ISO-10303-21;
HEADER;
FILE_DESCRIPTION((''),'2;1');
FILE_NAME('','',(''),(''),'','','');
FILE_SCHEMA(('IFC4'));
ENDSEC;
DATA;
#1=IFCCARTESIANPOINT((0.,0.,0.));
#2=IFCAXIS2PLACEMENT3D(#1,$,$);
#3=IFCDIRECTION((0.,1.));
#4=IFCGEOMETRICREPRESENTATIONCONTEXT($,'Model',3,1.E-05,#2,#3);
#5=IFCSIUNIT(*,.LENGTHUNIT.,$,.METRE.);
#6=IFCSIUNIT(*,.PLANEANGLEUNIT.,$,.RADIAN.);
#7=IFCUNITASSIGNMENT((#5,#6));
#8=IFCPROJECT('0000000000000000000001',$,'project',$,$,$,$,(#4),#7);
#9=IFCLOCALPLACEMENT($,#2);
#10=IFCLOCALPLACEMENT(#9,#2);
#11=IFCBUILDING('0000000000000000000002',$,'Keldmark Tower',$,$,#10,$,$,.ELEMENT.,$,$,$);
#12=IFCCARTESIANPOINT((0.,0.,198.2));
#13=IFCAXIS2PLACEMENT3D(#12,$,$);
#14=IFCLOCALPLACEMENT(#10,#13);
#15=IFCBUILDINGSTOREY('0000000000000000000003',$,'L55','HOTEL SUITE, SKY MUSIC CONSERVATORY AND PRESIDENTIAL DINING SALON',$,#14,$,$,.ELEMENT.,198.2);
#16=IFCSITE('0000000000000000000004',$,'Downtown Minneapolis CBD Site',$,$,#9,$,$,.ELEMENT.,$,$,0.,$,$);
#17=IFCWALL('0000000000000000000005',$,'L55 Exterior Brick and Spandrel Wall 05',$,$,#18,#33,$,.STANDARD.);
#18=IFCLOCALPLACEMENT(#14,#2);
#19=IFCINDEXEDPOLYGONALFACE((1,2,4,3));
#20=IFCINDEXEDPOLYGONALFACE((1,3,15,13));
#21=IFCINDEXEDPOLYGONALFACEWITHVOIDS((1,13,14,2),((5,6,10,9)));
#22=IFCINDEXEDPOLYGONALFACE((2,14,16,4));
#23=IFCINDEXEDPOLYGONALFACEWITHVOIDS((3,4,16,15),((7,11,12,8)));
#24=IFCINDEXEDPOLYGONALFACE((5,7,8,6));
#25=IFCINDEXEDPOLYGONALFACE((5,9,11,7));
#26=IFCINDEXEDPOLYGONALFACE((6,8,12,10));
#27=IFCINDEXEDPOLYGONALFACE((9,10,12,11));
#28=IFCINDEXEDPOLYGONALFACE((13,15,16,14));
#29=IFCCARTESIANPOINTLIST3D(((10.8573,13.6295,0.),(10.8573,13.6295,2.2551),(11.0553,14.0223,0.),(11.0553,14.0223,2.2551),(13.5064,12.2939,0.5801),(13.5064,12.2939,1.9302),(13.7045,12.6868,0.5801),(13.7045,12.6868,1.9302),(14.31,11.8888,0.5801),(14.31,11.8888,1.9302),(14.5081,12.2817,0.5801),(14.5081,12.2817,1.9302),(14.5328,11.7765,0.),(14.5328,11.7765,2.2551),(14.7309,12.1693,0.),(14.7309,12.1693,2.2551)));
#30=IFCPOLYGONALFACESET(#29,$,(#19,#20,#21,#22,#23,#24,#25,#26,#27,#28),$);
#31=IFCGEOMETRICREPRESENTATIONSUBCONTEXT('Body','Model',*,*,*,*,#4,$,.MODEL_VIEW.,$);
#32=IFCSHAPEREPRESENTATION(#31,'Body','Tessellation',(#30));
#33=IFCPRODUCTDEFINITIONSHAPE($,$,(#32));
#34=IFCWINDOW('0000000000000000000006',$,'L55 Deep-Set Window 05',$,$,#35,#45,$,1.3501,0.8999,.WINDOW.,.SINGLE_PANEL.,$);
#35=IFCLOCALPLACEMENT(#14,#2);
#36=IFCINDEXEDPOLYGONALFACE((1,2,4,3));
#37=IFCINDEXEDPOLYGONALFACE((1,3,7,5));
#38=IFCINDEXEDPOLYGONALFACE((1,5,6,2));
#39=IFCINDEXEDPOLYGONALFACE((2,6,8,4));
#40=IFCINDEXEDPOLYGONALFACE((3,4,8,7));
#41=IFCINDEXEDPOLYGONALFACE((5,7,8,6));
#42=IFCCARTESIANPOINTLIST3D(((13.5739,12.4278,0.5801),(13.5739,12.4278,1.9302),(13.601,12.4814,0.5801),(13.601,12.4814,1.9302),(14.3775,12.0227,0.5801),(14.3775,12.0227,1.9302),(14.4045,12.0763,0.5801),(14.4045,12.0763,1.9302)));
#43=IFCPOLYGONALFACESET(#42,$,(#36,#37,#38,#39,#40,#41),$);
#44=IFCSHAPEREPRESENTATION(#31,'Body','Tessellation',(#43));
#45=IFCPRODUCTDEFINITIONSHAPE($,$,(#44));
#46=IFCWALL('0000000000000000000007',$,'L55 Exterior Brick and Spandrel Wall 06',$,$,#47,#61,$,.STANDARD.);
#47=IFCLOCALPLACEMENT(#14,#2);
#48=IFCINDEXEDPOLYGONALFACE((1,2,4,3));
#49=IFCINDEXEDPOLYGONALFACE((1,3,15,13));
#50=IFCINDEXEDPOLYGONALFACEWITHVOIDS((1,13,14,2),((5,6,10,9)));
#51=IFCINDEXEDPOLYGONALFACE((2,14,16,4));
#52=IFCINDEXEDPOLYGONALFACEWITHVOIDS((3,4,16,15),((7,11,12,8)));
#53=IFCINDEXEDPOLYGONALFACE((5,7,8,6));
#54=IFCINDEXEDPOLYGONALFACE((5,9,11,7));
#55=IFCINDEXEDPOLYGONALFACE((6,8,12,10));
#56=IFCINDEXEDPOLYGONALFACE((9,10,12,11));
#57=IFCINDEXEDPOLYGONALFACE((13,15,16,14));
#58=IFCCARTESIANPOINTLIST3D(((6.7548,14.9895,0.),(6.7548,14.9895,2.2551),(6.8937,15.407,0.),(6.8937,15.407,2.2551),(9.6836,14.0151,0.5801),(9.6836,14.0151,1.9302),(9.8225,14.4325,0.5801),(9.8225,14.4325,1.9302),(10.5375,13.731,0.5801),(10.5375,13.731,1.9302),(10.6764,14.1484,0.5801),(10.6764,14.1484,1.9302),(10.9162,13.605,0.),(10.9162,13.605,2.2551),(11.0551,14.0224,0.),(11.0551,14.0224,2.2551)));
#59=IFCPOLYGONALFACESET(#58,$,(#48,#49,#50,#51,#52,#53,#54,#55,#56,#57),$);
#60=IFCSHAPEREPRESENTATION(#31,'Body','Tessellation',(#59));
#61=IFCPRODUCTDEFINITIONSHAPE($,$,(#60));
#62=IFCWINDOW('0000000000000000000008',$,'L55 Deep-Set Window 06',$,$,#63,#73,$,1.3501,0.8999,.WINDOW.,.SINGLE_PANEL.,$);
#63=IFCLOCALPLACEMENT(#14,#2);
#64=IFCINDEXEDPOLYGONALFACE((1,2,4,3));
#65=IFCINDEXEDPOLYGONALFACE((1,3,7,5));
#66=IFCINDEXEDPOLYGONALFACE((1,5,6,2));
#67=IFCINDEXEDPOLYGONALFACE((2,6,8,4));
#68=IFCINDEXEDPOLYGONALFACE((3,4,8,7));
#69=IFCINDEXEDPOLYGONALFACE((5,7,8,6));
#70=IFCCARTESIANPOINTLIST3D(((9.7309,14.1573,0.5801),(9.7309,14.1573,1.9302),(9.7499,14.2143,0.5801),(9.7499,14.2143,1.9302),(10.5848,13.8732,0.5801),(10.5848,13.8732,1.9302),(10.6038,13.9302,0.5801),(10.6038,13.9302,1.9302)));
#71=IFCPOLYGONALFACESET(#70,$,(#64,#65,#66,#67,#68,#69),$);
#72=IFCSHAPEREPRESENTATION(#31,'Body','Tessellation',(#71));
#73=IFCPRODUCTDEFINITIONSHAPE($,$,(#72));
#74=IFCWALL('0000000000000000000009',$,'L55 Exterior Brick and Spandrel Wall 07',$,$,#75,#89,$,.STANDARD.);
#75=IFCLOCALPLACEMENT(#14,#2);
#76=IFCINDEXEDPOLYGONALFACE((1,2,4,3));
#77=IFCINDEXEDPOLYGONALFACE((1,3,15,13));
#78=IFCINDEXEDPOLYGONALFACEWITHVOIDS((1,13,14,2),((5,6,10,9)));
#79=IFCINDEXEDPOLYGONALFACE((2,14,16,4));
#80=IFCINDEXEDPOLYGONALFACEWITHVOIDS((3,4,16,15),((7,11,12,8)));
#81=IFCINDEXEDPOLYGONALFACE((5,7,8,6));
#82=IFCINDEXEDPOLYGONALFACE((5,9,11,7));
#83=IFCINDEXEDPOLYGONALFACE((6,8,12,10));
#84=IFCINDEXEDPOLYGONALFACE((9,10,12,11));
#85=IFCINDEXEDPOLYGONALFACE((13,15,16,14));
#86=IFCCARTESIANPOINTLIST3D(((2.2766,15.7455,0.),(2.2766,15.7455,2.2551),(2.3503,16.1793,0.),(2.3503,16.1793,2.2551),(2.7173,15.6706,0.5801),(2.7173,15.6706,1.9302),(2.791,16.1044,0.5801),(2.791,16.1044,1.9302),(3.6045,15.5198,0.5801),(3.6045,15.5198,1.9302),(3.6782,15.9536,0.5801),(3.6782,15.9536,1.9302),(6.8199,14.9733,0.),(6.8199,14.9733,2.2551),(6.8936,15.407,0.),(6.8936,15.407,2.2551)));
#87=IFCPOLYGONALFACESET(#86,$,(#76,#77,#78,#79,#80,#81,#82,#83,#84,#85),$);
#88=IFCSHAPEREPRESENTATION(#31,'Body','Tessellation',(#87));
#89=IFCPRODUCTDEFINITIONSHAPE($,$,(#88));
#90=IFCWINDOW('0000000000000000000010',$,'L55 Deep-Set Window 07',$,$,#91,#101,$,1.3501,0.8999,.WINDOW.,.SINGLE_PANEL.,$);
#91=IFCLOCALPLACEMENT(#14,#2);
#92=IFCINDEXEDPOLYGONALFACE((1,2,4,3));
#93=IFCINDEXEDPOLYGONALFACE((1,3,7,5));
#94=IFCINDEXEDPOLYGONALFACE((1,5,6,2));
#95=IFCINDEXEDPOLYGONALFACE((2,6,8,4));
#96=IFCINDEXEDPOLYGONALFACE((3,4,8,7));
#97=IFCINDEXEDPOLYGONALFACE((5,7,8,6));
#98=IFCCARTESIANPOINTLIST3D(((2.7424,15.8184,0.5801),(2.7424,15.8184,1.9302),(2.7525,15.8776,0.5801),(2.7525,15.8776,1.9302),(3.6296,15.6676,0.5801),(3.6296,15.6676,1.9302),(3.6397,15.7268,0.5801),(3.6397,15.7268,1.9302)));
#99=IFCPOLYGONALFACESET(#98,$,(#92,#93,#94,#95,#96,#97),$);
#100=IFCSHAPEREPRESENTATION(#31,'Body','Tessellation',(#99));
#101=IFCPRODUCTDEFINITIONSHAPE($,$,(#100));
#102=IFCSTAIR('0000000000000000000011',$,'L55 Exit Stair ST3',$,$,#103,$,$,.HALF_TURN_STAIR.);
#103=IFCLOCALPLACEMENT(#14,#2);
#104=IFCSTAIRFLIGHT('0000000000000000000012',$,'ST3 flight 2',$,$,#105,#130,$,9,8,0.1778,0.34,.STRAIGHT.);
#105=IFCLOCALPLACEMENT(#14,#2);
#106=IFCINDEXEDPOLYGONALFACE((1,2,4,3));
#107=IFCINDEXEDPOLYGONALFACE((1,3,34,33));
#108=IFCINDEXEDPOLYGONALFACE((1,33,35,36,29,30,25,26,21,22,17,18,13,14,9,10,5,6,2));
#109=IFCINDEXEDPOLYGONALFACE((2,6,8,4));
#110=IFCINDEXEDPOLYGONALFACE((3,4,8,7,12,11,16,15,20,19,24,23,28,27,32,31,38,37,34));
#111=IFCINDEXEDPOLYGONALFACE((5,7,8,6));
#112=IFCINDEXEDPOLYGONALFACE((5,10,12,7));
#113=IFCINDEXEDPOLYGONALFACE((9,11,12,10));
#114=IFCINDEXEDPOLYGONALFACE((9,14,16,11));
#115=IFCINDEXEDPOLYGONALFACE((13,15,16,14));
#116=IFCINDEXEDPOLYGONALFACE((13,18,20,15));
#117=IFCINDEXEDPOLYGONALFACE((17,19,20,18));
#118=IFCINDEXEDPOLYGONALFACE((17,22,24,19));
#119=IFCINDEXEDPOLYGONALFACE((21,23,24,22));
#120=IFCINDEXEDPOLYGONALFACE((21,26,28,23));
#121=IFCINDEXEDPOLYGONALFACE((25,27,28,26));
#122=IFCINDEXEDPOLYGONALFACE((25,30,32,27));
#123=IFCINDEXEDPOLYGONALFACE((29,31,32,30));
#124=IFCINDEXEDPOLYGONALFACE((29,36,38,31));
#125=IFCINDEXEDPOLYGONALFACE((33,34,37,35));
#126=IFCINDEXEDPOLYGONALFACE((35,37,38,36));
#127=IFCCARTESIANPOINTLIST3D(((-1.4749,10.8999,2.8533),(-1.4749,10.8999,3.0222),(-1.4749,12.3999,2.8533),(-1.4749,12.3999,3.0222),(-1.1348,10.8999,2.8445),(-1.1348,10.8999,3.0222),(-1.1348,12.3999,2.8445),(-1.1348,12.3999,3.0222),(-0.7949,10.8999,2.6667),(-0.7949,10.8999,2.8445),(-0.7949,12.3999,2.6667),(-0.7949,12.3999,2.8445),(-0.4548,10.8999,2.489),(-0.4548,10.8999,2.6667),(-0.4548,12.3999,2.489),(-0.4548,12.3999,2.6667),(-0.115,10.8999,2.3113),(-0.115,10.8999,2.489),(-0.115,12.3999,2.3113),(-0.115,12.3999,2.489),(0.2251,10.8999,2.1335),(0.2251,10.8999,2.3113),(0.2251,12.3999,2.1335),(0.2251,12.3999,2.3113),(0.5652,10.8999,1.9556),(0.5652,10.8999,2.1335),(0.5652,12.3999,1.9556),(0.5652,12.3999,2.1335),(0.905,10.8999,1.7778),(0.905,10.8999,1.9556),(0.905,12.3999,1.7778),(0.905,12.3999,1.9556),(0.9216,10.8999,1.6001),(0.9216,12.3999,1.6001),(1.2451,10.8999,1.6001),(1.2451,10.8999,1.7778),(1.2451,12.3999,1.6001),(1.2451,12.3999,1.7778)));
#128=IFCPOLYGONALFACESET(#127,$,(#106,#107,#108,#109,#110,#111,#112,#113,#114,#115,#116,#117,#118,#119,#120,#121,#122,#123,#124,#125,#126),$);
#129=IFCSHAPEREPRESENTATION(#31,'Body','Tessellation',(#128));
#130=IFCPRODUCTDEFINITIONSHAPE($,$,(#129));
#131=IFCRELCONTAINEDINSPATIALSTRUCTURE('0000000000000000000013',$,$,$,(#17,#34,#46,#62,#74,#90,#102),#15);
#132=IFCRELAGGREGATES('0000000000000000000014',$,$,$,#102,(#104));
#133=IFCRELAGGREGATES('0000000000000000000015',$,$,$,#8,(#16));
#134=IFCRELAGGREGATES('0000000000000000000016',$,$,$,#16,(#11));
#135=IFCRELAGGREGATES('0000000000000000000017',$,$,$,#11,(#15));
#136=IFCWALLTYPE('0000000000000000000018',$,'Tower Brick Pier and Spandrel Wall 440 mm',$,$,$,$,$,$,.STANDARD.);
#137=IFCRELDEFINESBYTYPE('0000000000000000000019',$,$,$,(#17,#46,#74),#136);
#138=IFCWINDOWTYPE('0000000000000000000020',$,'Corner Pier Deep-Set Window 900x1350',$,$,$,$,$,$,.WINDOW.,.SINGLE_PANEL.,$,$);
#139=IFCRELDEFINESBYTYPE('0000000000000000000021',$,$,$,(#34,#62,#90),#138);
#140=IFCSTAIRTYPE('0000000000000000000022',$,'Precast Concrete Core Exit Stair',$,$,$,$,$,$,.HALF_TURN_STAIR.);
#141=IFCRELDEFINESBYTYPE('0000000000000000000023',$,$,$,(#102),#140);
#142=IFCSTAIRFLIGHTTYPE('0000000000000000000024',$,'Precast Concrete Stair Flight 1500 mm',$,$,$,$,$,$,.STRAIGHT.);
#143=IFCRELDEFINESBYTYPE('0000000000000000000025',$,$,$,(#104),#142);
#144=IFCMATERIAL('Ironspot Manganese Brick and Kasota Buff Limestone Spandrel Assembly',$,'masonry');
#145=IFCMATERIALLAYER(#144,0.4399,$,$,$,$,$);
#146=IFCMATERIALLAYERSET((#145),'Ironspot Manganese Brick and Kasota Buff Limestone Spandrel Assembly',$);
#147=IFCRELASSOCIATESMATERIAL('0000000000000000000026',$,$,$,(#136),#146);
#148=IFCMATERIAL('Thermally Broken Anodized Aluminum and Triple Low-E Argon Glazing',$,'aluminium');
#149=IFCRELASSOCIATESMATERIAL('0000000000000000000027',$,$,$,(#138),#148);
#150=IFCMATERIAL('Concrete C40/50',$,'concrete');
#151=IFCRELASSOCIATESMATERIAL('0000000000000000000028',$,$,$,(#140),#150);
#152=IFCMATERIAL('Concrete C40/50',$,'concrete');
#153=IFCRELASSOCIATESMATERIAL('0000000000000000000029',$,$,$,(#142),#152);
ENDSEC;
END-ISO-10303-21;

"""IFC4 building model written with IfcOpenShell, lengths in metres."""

from ifc_helpers import new_model, si_unit, direction, frame, frame_2d, origin, place, context, subcontext, project, spatial, polyline, rectangle, outline, extrude, material, layer, layer_set, type_object, element, fill, aggregate, save


model = new_model("IFC4")

# Units and contexts
model_context = context("Model", 3, precision=1e-05, world=origin(), true_north=direction((0.0, 1.0)))
body_context = subcontext(model_context, "Body", "Model", "MODEL_VIEW")
ifc_project = project(units=[si_unit("LENGTHUNIT", "METRE"), si_unit("PLANEANGLEUNIT", "RADIAN")], contexts=[model_context])

# Site, building, storey
site_placement = place(None, origin())
site = spatial("IfcSite", under=ifc_project, at=site_placement, Name="Downtown Minneapolis CBD Site", CompositionType="ELEMENT", RefElevation=0.0)
building_placement = place(site_placement, origin())
building = spatial("IfcBuilding", under=site, at=building_placement, Name="Keldmark Tower", CompositionType="ELEMENT")
storey_placement = place(building_placement, frame((0.0, 0.0, 198.2)))
storey = spatial("IfcBuildingStorey", under=building, at=storey_placement, Name="L55", Description="HOTEL SUITE, SKY MUSIC CONSERVATORY AND PRESIDENTIAL DINING SALON", CompositionType="ELEMENT", Elevation=198.2)

# Walls, openings, windows
ifc_material_1 = material(Name="Ironspot Manganese Brick and Kasota Buff Limestone Spandrel Assembly", Category="masonry")
ifc_layer_1 = layer(ifc_material_1, 0.4399)
ifc_layer_set_1 = layer_set([ifc_layer_1], Name="Ironspot Manganese Brick and Kasota Buff Limestone Spandrel Assembly")
wall_type_1 = type_object("IfcWallType", Name="Tower Brick Pier and Spandrel Wall 440 mm", PredefinedType="STANDARD", material=ifc_layer_set_1)
wall_1_placement = place(storey_placement, frame((10.9563, 13.8259, 0.0), z_axis=(0.0, 0.0, 1.0), x_axis=(0.892939, -0.450177, 0.0)))
wall_1 = element("IfcWall", 1, at=wall_1_placement, inside=storey, type_object=wall_type_1, Name="L55 Exterior Brick and Spandrel Wall 05", PredefinedType="STANDARD", context=body_context, shape_type="SweptSolid", body=[
    extrude(rectangle(XDim=4.1162, YDim=0.4399, at=frame_2d((2.0581, 0.0))), origin(), (0.0, 0.0, 1.0), 2.2551),
])
opening_1_placement = place(wall_1_placement, frame((2.9668, 0.0, 0.5801)))
opening_1 = element("IfcOpeningElement", 2, at=opening_1_placement, cuts=wall_1, PredefinedType="OPENING", context=body_context, shape_type="SweptSolid", body=[
    extrude(rectangle(XDim=0.8999, YDim=1.3501, at=frame_2d((0.45, 0.675))), frame((0.0, 0.23, 0.0), z_axis=(0.0, -1.0, 0.0), x_axis=(1.0, 0.0, 0.0)), (0.0, 0.0, 1.0), 0.46),
])
ifc_material_2 = material(Name="Thermally Broken Anodized Aluminum and Triple Low-E Argon Glazing", Category="aluminium")
window_type = type_object("IfcWindowType", Name="Corner Pier Deep-Set Window 900x1350", PartitioningType="SINGLE_PANEL", PredefinedType="WINDOW", material=ifc_material_2)
window_1_placement = place(opening_1_placement, origin())
window_1 = element("IfcWindow", 3, at=window_1_placement, inside=storey, type_object=window_type, Name="L55 Deep-Set Window 05", OverallHeight=1.3501, OverallWidth=0.8999, PartitioningType="SINGLE_PANEL", PredefinedType="WINDOW", context=body_context, shape_type="SweptSolid", body=[
    extrude(rectangle(XDim=0.8999, YDim=1.3501, at=frame_2d((0.45, 0.675))), frame((0.0, -0.01, 0.0), z_axis=(0.0, -1.0, 0.0), x_axis=(1.0, 0.0, 0.0)), (0.0, 0.0, 1.0), 0.0601),
])
fill(opening_1, window_1)
wall_2_placement = place(storey_placement, frame((6.8242, 15.1982, 0.0), z_axis=(0.0, 0.0, 1.0), x_axis=(0.948861, -0.315693, 0.0)))
wall_2 = element("IfcWall", 4, at=wall_2_placement, inside=storey, type_object=wall_type_1, Name="L55 Exterior Brick and Spandrel Wall 06", PredefinedType="STANDARD", context=body_context, shape_type="SweptSolid", body=[
    extrude(rectangle(XDim=4.3857, YDim=0.4399, at=frame_2d((2.1929, 0.0))), origin(), (0.0, 0.0, 1.0), 2.2551),
])
opening_2_placement = place(wall_2_placement, frame((3.0867, 0.0, 0.5801)))
opening_2 = element("IfcOpeningElement", 5, at=opening_2_placement, cuts=wall_2, PredefinedType="OPENING", context=body_context, shape_type="SweptSolid", body=[
    extrude(rectangle(XDim=0.8999, YDim=1.3501, at=frame_2d((0.45, 0.675))), frame((0.0, 0.23, 0.0), z_axis=(0.0, -1.0, 0.0), x_axis=(1.0, 0.0, 0.0)), (0.0, 0.0, 1.0), 0.46),
])
window_2_placement = place(opening_2_placement, origin())
window_2 = element("IfcWindow", 6, at=window_2_placement, inside=storey, type_object=window_type, Name="L55 Deep-Set Window 06", OverallHeight=1.3501, OverallWidth=0.8999, PartitioningType="SINGLE_PANEL", PredefinedType="WINDOW", context=body_context, shape_type="SweptSolid", body=[
    extrude(rectangle(XDim=0.8999, YDim=1.3501, at=frame_2d((0.45, 0.675))), frame((0.0, -0.01, 0.0), z_axis=(0.0, -1.0, 0.0), x_axis=(1.0, 0.0, 0.0)), (0.0, 0.0, 1.0), 0.0601),
])
fill(opening_2, window_2)
wall_3_placement = place(storey_placement, frame((2.3135, 15.9624, 0.0), z_axis=(0.0, 0.0, 1.0), x_axis=(0.98586, -0.167568, 0.0)))
wall_3 = element("IfcWall", 7, at=wall_3_placement, inside=storey, type_object=wall_type_1, Name="L55 Exterior Brick and Spandrel Wall 07", PredefinedType="STANDARD", context=body_context, shape_type="SweptSolid", body=[
    extrude(rectangle(XDim=4.6084, YDim=0.4399, at=frame_2d((2.3042, 0.0))), origin(), (0.0, 0.0, 1.0), 2.2551),
])
opening_3_placement = place(wall_3_placement, frame((0.447, 0.0, 0.5801)))
opening_3 = element("IfcOpeningElement", 8, at=opening_3_placement, cuts=wall_3, PredefinedType="OPENING", context=body_context, shape_type="SweptSolid", body=[
    extrude(rectangle(XDim=0.8999, YDim=1.3501, at=frame_2d((0.45, 0.675))), frame((0.0, 0.23, 0.0), z_axis=(0.0, -1.0, 0.0), x_axis=(1.0, 0.0, 0.0)), (0.0, 0.0, 1.0), 0.46),
])
window_3_placement = place(opening_3_placement, origin())
window_3 = element("IfcWindow", 9, at=window_3_placement, inside=storey, type_object=window_type, Name="L55 Deep-Set Window 07", OverallHeight=1.3501, OverallWidth=0.8999, PartitioningType="SINGLE_PANEL", PredefinedType="WINDOW", context=body_context, shape_type="SweptSolid", body=[
    extrude(rectangle(XDim=0.8999, YDim=1.3501, at=frame_2d((0.45, 0.675))), frame((0.0, -0.01, 0.0), z_axis=(0.0, -1.0, 0.0), x_axis=(1.0, 0.0, 0.0)), (0.0, 0.0, 1.0), 0.0601),
])
fill(opening_3, window_3)

# Stair, stair flight
ifc_material_3 = material(Name="Concrete C40/50", Category="concrete")
stair_type = type_object("IfcStairType", Name="Precast Concrete Core Exit Stair", PredefinedType="HALF_TURN_STAIR", material=ifc_material_3)
stair_placement = place(storey_placement, origin())
stair = element("IfcStair", 10, at=stair_placement, inside=storey, type_object=stair_type, Name="L55 Exit Stair ST3", PredefinedType="HALF_TURN_STAIR")
ifc_material_4 = material(Name="Concrete C40/50", Category="concrete")
stair_flight_type = type_object("IfcStairFlightType", Name="Precast Concrete Stair Flight 1500 mm", PredefinedType="STRAIGHT", material=ifc_material_4)
stair_flight_placement = place(storey_placement, frame((1.2451, 11.6499, 1.6001), z_axis=(0.0, 0.0, 1.0), x_axis=(-1.0, 0.0, 0.0)))
stair_flight = element("IfcStairFlight", 11, at=stair_flight_placement, type_object=stair_flight_type, Name="ST3 flight 2", NumberOfRisers=9, NumberOfTreads=8, PredefinedType="STRAIGHT", RiserHeight=0.1778, TreadLength=0.34, context=body_context, shape_type="SweptSolid", body=[
    extrude(outline(polyline([(0.0, 0.0), (0.0, 0.1777), (0.3401, 0.1777), (0.3401, 0.3555), (0.6799, 0.3555), (0.6799, 0.5334), (1.02, 0.5334), (1.02, 0.7112), (1.3601, 0.7112), (1.3601, 0.8889), (1.7, 0.8889), (1.7, 1.0667), (2.04, 1.0667), (2.04, 1.2444), (2.3799, 1.2444), (2.3799, 1.4221), (2.72, 1.4221), (2.72, 1.6001), (2.72, 1.2532), (0.3235, 0.0), (0.0, 0.0)])), frame((0.0, 0.75, 0.0), z_axis=(0.0, -1.0, 0.0), x_axis=(1.0, 0.0, 0.0)), (0.0, 0.0, 1.0), 1.5),
])
aggregate(stair, [stair_flight])

save(model, "model.ifc")
